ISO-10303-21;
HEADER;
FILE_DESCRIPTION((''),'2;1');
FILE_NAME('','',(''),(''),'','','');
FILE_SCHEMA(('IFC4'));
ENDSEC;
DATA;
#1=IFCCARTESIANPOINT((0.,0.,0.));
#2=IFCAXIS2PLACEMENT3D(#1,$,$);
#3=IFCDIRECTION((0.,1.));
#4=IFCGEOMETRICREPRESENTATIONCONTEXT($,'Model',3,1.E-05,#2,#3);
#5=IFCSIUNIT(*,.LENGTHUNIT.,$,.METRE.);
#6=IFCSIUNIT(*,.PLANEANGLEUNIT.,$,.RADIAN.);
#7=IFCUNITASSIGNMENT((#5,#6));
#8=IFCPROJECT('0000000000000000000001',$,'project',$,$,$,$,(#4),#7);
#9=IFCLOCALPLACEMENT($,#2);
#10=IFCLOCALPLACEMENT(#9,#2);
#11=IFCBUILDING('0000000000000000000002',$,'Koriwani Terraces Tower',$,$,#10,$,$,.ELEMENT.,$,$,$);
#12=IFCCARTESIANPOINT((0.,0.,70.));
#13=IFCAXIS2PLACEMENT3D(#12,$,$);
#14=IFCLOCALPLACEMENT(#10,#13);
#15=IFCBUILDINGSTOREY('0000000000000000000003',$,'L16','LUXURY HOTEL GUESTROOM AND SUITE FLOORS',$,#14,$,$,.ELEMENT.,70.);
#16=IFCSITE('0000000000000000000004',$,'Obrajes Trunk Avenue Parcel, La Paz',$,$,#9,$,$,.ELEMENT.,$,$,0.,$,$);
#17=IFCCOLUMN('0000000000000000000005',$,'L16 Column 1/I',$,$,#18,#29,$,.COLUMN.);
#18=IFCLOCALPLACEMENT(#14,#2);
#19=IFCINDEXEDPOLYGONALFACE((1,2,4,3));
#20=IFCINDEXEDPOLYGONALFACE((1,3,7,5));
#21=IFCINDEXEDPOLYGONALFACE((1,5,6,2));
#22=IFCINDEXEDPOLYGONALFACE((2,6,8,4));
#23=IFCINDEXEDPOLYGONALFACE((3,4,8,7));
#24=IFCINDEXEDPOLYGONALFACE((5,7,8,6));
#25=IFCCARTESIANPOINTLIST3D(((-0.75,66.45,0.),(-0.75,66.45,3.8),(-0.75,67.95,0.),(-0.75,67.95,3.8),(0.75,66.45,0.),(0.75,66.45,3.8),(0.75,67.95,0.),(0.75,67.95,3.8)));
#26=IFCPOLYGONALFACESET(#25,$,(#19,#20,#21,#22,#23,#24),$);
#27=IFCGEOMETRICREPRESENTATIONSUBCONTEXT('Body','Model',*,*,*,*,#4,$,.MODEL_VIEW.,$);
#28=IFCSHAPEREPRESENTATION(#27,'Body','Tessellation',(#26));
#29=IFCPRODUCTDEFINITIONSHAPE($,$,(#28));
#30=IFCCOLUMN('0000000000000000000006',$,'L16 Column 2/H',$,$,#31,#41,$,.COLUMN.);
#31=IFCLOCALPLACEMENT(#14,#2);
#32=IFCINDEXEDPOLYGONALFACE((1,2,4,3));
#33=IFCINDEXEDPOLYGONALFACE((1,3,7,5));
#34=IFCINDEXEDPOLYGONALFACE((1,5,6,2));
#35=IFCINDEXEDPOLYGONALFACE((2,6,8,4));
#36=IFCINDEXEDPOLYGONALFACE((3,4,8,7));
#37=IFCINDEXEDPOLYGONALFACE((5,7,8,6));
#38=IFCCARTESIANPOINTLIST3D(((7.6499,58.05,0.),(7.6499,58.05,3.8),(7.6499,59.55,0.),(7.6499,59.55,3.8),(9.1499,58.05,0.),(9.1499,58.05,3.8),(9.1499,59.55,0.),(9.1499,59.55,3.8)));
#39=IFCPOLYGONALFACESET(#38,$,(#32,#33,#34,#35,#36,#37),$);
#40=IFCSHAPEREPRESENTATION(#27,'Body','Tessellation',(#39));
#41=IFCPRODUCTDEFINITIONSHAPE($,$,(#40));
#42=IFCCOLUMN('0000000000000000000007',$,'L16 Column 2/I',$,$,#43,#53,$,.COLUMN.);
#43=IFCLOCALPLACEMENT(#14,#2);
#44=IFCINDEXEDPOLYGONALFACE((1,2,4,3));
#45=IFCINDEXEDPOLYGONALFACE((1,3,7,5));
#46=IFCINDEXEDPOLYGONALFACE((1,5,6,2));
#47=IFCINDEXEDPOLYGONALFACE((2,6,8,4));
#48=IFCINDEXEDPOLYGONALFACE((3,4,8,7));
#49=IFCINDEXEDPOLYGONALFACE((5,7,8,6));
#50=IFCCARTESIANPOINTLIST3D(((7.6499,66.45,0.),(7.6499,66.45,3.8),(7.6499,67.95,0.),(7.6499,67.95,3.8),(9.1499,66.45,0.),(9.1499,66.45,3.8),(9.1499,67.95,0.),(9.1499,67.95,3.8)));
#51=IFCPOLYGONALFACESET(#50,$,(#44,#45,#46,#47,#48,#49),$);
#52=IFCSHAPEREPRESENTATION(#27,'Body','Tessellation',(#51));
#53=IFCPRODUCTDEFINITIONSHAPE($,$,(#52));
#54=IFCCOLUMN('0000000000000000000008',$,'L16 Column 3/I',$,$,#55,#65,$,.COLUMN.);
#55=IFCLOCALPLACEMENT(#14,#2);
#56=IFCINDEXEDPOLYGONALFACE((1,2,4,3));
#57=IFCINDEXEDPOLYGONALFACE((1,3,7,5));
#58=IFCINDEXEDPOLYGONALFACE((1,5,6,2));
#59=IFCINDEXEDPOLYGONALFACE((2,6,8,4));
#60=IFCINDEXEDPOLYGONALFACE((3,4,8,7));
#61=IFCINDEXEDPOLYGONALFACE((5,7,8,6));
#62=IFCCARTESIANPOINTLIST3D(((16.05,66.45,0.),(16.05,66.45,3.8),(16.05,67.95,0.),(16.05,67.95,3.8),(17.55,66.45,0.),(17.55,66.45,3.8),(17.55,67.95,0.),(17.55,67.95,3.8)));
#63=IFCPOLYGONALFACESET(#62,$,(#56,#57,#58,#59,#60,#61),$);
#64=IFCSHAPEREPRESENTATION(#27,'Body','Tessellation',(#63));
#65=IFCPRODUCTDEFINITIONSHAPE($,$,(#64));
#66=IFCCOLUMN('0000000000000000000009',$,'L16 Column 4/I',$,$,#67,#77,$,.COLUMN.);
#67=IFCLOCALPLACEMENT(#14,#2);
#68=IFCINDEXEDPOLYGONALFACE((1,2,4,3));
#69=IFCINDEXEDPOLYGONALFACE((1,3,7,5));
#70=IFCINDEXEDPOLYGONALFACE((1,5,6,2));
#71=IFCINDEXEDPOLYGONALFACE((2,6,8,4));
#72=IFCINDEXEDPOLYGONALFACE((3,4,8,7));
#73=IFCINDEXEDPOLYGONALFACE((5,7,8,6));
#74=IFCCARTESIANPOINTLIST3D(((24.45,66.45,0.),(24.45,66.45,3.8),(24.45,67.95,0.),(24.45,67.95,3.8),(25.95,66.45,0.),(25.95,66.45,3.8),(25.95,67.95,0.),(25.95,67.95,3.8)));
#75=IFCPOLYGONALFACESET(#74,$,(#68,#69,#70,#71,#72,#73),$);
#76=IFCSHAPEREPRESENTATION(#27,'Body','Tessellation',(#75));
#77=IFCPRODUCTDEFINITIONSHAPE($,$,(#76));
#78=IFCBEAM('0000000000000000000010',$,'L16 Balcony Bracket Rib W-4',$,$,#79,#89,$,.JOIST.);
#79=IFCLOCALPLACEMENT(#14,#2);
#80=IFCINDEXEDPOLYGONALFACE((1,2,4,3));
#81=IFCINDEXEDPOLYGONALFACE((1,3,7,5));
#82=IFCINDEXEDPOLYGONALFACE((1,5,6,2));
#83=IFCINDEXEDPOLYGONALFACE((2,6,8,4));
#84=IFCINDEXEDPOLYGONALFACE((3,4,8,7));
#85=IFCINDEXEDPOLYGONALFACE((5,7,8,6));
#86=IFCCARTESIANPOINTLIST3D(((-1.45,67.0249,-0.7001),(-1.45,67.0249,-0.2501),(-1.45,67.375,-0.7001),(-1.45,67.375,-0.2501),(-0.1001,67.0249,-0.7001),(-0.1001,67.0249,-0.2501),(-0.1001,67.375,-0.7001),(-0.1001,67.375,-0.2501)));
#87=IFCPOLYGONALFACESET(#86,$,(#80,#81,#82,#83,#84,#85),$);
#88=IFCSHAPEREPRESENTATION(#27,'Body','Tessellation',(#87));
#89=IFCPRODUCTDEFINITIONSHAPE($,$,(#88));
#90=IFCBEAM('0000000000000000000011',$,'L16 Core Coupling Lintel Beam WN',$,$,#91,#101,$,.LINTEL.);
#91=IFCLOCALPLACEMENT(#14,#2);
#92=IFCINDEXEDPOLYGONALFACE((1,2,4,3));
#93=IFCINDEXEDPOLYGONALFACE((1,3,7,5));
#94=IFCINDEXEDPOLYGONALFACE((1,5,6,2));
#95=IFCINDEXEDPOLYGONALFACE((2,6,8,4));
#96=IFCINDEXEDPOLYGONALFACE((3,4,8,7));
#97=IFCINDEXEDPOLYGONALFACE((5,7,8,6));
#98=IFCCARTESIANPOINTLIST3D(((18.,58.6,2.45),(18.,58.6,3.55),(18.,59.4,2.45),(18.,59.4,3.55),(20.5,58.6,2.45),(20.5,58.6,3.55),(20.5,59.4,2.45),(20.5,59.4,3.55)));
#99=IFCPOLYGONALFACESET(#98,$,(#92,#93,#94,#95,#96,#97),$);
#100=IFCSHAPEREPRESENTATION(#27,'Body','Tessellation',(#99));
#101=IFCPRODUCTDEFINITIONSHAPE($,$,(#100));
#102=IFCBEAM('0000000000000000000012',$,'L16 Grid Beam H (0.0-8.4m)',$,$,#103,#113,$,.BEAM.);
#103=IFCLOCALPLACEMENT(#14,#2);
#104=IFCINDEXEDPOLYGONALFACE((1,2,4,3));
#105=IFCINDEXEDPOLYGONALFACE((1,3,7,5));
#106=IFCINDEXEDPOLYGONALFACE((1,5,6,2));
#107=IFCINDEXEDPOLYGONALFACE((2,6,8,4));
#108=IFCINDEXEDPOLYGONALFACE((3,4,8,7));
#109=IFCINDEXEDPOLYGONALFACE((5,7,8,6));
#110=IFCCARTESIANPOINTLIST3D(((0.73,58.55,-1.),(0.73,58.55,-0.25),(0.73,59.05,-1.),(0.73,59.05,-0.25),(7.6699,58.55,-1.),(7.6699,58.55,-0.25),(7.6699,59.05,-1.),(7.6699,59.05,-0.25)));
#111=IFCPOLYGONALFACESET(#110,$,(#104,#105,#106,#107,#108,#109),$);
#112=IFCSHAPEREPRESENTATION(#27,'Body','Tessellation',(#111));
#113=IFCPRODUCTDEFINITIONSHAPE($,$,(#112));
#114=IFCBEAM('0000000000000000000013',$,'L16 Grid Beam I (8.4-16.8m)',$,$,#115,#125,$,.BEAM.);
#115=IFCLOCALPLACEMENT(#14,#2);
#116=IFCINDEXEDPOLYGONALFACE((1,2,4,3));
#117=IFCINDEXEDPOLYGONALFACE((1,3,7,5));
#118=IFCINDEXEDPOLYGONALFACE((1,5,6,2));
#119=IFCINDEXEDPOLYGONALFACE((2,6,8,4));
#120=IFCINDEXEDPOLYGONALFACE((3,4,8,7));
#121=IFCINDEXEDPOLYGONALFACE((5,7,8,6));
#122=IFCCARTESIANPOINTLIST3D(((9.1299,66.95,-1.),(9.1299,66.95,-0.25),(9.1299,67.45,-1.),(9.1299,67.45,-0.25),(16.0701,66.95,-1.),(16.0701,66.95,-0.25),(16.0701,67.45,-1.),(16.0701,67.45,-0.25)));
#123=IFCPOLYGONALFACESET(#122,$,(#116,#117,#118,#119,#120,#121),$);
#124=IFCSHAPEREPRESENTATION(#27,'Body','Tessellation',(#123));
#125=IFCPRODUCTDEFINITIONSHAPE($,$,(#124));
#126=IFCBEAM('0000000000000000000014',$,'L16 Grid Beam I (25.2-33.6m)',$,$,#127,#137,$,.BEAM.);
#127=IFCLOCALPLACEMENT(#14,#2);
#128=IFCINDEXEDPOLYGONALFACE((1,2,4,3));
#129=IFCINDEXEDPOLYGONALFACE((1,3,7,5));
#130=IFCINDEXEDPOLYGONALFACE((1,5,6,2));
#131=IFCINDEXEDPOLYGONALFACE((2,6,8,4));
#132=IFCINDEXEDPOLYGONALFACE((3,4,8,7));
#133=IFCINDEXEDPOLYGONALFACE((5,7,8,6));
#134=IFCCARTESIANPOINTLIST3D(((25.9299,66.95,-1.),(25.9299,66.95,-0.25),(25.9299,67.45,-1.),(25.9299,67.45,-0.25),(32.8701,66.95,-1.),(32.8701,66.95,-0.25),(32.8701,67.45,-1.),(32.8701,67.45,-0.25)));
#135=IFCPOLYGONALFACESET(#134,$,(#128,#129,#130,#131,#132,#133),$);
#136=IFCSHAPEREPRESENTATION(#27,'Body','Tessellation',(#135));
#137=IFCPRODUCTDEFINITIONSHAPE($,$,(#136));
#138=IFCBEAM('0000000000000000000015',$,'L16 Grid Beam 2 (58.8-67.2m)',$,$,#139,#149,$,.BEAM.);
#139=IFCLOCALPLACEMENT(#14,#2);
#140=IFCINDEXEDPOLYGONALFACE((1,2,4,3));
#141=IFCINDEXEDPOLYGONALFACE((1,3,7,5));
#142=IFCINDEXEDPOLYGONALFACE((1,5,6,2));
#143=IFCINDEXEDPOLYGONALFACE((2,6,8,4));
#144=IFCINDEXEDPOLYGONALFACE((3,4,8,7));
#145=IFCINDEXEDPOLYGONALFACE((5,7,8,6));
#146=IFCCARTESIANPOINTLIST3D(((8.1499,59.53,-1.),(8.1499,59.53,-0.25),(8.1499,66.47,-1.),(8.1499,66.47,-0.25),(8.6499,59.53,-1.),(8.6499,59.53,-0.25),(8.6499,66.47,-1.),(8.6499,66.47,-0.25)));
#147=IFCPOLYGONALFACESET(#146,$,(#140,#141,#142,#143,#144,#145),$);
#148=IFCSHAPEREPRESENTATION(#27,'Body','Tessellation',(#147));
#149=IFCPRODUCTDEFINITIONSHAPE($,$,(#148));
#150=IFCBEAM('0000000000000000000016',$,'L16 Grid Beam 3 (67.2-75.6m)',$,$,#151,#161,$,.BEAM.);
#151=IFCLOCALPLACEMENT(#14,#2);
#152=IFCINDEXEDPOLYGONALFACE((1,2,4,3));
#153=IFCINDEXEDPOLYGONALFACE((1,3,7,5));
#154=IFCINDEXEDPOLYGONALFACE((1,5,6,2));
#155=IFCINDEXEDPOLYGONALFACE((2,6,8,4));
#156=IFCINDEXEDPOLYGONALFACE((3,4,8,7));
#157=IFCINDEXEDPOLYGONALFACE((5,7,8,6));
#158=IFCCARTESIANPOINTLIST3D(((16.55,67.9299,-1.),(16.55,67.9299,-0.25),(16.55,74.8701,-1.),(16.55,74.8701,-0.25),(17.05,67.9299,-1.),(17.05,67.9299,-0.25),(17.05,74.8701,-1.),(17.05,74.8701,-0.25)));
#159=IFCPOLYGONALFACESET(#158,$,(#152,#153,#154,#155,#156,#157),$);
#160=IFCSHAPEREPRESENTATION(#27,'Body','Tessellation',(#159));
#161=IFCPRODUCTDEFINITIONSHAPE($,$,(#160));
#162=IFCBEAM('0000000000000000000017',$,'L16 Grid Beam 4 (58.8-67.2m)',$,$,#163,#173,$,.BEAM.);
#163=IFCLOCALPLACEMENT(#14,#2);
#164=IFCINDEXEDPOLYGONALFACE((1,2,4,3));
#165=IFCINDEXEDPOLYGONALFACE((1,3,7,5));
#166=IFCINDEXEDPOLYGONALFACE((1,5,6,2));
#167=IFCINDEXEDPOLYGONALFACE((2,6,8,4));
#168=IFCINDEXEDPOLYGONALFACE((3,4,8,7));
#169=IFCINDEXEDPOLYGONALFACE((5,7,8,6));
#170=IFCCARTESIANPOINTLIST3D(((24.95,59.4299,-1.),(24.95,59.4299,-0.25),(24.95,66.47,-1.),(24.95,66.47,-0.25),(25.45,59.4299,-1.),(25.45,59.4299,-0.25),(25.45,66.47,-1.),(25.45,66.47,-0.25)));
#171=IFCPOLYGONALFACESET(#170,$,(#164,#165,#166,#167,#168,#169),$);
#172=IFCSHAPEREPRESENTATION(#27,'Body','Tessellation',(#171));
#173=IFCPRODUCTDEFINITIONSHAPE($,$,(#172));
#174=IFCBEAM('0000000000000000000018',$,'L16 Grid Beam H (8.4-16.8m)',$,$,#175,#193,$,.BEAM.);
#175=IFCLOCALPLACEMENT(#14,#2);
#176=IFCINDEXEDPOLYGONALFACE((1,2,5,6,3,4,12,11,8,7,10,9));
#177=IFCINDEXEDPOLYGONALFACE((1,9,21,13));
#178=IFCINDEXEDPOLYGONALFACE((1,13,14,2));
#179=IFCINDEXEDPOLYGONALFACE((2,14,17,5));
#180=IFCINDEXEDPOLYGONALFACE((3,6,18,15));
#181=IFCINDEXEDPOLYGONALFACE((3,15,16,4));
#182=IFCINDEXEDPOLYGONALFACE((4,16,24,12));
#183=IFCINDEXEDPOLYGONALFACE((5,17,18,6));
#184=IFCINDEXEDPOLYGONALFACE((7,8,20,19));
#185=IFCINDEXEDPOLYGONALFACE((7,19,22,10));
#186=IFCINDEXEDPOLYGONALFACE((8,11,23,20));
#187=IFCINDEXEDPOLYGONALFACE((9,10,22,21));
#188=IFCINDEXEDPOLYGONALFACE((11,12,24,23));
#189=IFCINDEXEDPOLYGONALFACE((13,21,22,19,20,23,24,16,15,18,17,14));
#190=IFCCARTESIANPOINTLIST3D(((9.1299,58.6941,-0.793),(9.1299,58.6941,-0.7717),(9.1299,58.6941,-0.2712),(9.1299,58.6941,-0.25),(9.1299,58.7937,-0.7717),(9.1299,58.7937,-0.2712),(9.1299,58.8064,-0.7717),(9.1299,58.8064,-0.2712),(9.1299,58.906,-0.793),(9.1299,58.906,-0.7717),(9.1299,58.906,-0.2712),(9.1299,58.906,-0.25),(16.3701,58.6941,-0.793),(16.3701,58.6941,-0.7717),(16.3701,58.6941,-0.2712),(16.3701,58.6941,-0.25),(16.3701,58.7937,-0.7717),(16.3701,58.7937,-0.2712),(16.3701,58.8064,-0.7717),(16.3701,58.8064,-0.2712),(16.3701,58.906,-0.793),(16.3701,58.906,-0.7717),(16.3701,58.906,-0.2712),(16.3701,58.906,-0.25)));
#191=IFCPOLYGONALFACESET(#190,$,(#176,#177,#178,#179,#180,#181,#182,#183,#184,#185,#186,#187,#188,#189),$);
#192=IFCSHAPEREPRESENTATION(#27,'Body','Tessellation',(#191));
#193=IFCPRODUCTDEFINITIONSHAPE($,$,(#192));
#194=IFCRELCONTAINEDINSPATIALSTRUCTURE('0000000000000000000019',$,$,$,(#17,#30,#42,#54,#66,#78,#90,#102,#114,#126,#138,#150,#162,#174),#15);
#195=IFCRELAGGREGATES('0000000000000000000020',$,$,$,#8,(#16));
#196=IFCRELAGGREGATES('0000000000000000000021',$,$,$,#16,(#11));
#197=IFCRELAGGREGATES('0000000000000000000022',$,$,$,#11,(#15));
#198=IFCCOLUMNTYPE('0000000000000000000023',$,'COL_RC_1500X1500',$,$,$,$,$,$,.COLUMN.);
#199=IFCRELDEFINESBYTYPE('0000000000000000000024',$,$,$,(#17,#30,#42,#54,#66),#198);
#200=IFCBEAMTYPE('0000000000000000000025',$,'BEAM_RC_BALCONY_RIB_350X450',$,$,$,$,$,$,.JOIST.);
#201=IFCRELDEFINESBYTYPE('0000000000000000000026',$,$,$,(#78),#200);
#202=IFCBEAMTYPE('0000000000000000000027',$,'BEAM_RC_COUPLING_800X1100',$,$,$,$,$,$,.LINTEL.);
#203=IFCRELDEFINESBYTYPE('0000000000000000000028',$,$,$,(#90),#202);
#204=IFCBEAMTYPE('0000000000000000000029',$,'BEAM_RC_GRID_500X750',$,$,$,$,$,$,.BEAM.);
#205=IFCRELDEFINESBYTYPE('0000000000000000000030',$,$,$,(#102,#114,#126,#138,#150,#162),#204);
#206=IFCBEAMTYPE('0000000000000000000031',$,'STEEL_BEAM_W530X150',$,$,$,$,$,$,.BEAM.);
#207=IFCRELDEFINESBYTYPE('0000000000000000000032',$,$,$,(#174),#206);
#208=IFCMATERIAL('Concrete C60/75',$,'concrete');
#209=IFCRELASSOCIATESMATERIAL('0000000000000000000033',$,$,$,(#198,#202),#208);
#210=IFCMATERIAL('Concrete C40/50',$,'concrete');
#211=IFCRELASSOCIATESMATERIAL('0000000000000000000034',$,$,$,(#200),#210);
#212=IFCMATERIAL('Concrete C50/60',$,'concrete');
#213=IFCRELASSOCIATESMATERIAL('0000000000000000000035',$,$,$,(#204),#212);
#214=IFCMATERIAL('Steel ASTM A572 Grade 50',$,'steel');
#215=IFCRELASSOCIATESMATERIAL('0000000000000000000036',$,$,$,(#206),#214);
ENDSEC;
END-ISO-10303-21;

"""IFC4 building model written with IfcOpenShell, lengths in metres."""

from ifc_helpers import new_model, si_unit, direction, frame, origin, origin_2d, place, context, subcontext, project, spatial, rectangle, i_section, extrude, material, material_profile, profile_set, type_object, element, save


model = new_model("IFC4")

# Units and contexts
model_context = context("Model", 3, precision=1e-05, world=origin(), true_north=direction((0.0, 1.0)))
body_context = subcontext(model_context, "Body", "Model", "MODEL_VIEW")
ifc_project = project(units=[si_unit("LENGTHUNIT", "METRE"), si_unit("PLANEANGLEUNIT", "RADIAN")], contexts=[model_context])

# Site, building, storey
site_placement = place(None, origin())
site = spatial("IfcSite", under=ifc_project, at=site_placement, Name="Obrajes Trunk Avenue Parcel, La Paz", CompositionType="ELEMENT", RefElevation=0.0)
building_placement = place(site_placement, origin())
building = spatial("IfcBuilding", under=site, at=building_placement, Name="Koriwani Terraces Tower", CompositionType="ELEMENT")
storey_placement = place(building_placement, frame((0.0, 0.0, 70.0)))
storey = spatial("IfcBuildingStorey", under=building, at=storey_placement, Name="L16", Description="LUXURY HOTEL GUESTROOM AND SUITE FLOORS", CompositionType="ELEMENT", Elevation=70.0)

# Columns
ifc_material_1 = material(Name="Concrete C60/75", Category="concrete")
ifc_material_profile_1 = material_profile(ifc_material_1, rectangle(XDim=1.5, YDim=1.5, at=origin_2d()), Name="Concrete C60/75", Category="LoadBearing")
ifc_profile_set_1 = profile_set([ifc_material_profile_1], Name="Concrete C60/75")
column_type = type_object("IfcColumnType", Name="COL_RC_1500X1500", PredefinedType="COLUMN", material=ifc_profile_set_1)
for number, where, z_axis, x_axis, name in (
    (1, (0.0, 67.2, 0.0), (0.0, 0.0, 1.0), (1.0, 0.0, 0.0), "L16 Column 1/I"),
    (2, (8.3999, 58.8, 0.0), (0.0, 0.0, 1.0), (1.0, 0.0, 0.0), "L16 Column 2/H"),
    (3, (8.3999, 67.2, 0.0), (0.0, 0.0, 1.0), (1.0, 0.0, 0.0), "L16 Column 2/I"),
    (4, (16.8, 67.2, 0.0), (0.0, 0.0, 1.0), (1.0, 0.0, 0.0), "L16 Column 3/I"),
    (5, (25.2, 67.2, 0.0), (0.0, 0.0, 1.0), (1.0, 0.0, 0.0), "L16 Column 4/I"),
):
    element("IfcColumn", number, at=place(storey_placement, frame(where, z_axis=z_axis, x_axis=x_axis)), inside=storey, type_object=column_type, Name=name, PredefinedType="COLUMN", context=body_context, shape_type="SweptSolid", body=[
        extrude(rectangle(XDim=1.5, YDim=1.5, at=origin_2d()), origin(), (0.0, 0.0, 1.0), 3.8),
    ])

# Beams
ifc_material_2 = material(Name="Concrete C40/50", Category="concrete")
ifc_material_profile_2 = material_profile(ifc_material_2, rectangle(XDim=0.3501, YDim=0.45, at=origin_2d()), Name="Concrete C40/50", Category="LoadBearing")
ifc_profile_set_2 = profile_set([ifc_material_profile_2], Name="Concrete C40/50")
beam_type_1 = type_object("IfcBeamType", Name="BEAM_RC_BALCONY_RIB_350X450", PredefinedType="JOIST", material=ifc_profile_set_2)
beam_1_placement = place(storey_placement, frame((-1.45, 67.2, -0.4751), z_axis=(1.0, 0.0, 0.0), x_axis=(0.0, 1.0, 0.0)))
element("IfcBeam", 6, at=beam_1_placement, inside=storey, type_object=beam_type_1, Name="L16 Balcony Bracket Rib W-4", PredefinedType="JOIST", context=body_context, shape_type="SweptSolid", body=[
    extrude(rectangle(XDim=0.3501, YDim=0.45, at=origin_2d()), origin(), (0.0, 0.0, 1.0), 1.3499),
])
ifc_material_profile_3 = material_profile(ifc_material_1, rectangle(XDim=0.8, YDim=1.1001, at=origin_2d()), Name="Concrete C60/75", Category="LoadBearing")
ifc_profile_set_3 = profile_set([ifc_material_profile_3], Name="Concrete C60/75")
beam_type_2 = type_object("IfcBeamType", Name="BEAM_RC_COUPLING_800X1100", PredefinedType="LINTEL", material=ifc_profile_set_3)
beam_2_placement = place(storey_placement, frame((18.0, 59.0, 3.0), z_axis=(1.0, 0.0, 0.0), x_axis=(0.0, 1.0, 0.0)))
element("IfcBeam", 7, at=beam_2_placement, inside=storey, type_object=beam_type_2, Name="L16 Core Coupling Lintel Beam WN", PredefinedType="LINTEL", context=body_context, shape_type="SweptSolid", body=[
    extrude(rectangle(XDim=0.8, YDim=1.1001, at=origin_2d()), origin(), (0.0, 0.0, 1.0), 2.5),
])
ifc_material_3 = material(Name="Concrete C50/60", Category="concrete")
ifc_material_profile_4 = material_profile(ifc_material_3, rectangle(XDim=0.5, YDim=0.75, at=origin_2d()), Name="Concrete C50/60", Category="LoadBearing")
ifc_profile_set_4 = profile_set([ifc_material_profile_4], Name="Concrete C50/60")
beam_type_3 = type_object("IfcBeamType", Name="BEAM_RC_GRID_500X750", PredefinedType="BEAM", material=ifc_profile_set_4)
beam_3_placement = place(storey_placement, frame((0.73, 58.8, -0.625), z_axis=(1.0, 0.0, 0.0), x_axis=(0.0, 1.0, 0.0)))
element("IfcBeam", 8, at=beam_3_placement, inside=storey, type_object=beam_type_3, Name="L16 Grid Beam H (0.0-8.4m)", PredefinedType="BEAM", context=body_context, shape_type="SweptSolid", body=[
    extrude(rectangle(XDim=0.5, YDim=0.75, at=origin_2d()), origin(), (0.0, 0.0, 1.0), 6.9399),
])
for number, where, z_axis, x_axis, name in (
    (9, (9.1299, 67.2, -0.625), (1.0, 0.0, 0.0), (0.0, 1.0, 0.0), "L16 Grid Beam I (8.4-16.8m)"),
    (10, (25.9299, 67.2, -0.625), (1.0, 0.0, 0.0), (0.0, 1.0, 0.0), "L16 Grid Beam I (25.2-33.6m)"),
):
    element("IfcBeam", number, at=place(storey_placement, frame(where, z_axis=z_axis, x_axis=x_axis)), inside=storey, type_object=beam_type_3, Name=name, PredefinedType="BEAM", context=body_context, shape_type="SweptSolid", body=[
        extrude(rectangle(XDim=0.5, YDim=0.75, at=origin_2d()), origin(), (0.0, 0.0, 1.0), 6.9402),
    ])
beam_4_placement = place(storey_placement, frame((8.3999, 59.53, -0.625), z_axis=(0.0, 1.0, 0.0), x_axis=(-1.0, 0.0, 0.0)))
element("IfcBeam", 11, at=beam_4_placement, inside=storey, type_object=beam_type_3, Name="L16 Grid Beam 2 (58.8-67.2m)", PredefinedType="BEAM", context=body_context, shape_type="SweptSolid", body=[
    extrude(rectangle(XDim=0.5, YDim=0.75, at=origin_2d()), origin(), (0.0, 0.0, 1.0), 6.9399),
])
beam_5_placement = place(storey_placement, frame((16.8, 67.9299, -0.625), z_axis=(0.0, 1.0, 0.0), x_axis=(-1.0, 0.0, 0.0)))
element("IfcBeam", 12, at=beam_5_placement, inside=storey, type_object=beam_type_3, Name="L16 Grid Beam 3 (67.2-75.6m)", PredefinedType="BEAM", context=body_context, shape_type="SweptSolid", body=[
    extrude(rectangle(XDim=0.5, YDim=0.75, at=origin_2d()), origin(), (0.0, 0.0, 1.0), 6.9402),
])
beam_6_placement = place(storey_placement, frame((25.2, 59.4299, -0.625), z_axis=(0.0, 1.0, 0.0), x_axis=(-1.0, 0.0, 0.0)))
element("IfcBeam", 13, at=beam_6_placement, inside=storey, type_object=beam_type_3, Name="L16 Grid Beam 4 (58.8-67.2m)", PredefinedType="BEAM", context=body_context, shape_type="SweptSolid", body=[
    extrude(rectangle(XDim=0.5, YDim=0.75, at=origin_2d()), origin(), (0.0, 0.0, 1.0), 7.04),
])
ifc_material_4 = material(Name="Steel ASTM A572 Grade 50", Category="steel")
ifc_material_profile_5 = material_profile(ifc_material_4, i_section(OverallWidth=0.2119, OverallDepth=0.543, WebThickness=0.0127, FlangeThickness=0.0212, at=origin_2d()), Name="Steel ASTM A572 Grade 50", Category="LoadBearing")
ifc_profile_set_5 = profile_set([ifc_material_profile_5], Name="Steel ASTM A572 Grade 50")
beam_type_4 = type_object("IfcBeamType", Name="STEEL_BEAM_W530X150", PredefinedType="BEAM", material=ifc_profile_set_5)
beam_7_placement = place(storey_placement, frame((9.1299, 58.8, -0.5215), z_axis=(1.0, 0.0, 0.0), x_axis=(0.0, 1.0, 0.0)))
element("IfcBeam", 14, at=beam_7_placement, inside=storey, type_object=beam_type_4, Name="L16 Grid Beam H (8.4-16.8m)", PredefinedType="BEAM", context=body_context, shape_type="SweptSolid", body=[
    extrude(i_section(OverallWidth=0.2119, OverallDepth=0.543, WebThickness=0.0127, FlangeThickness=0.0212, at=origin_2d()), origin(), (0.0, 0.0, 1.0), 7.2402),
])

save(model, "model.ifc")
